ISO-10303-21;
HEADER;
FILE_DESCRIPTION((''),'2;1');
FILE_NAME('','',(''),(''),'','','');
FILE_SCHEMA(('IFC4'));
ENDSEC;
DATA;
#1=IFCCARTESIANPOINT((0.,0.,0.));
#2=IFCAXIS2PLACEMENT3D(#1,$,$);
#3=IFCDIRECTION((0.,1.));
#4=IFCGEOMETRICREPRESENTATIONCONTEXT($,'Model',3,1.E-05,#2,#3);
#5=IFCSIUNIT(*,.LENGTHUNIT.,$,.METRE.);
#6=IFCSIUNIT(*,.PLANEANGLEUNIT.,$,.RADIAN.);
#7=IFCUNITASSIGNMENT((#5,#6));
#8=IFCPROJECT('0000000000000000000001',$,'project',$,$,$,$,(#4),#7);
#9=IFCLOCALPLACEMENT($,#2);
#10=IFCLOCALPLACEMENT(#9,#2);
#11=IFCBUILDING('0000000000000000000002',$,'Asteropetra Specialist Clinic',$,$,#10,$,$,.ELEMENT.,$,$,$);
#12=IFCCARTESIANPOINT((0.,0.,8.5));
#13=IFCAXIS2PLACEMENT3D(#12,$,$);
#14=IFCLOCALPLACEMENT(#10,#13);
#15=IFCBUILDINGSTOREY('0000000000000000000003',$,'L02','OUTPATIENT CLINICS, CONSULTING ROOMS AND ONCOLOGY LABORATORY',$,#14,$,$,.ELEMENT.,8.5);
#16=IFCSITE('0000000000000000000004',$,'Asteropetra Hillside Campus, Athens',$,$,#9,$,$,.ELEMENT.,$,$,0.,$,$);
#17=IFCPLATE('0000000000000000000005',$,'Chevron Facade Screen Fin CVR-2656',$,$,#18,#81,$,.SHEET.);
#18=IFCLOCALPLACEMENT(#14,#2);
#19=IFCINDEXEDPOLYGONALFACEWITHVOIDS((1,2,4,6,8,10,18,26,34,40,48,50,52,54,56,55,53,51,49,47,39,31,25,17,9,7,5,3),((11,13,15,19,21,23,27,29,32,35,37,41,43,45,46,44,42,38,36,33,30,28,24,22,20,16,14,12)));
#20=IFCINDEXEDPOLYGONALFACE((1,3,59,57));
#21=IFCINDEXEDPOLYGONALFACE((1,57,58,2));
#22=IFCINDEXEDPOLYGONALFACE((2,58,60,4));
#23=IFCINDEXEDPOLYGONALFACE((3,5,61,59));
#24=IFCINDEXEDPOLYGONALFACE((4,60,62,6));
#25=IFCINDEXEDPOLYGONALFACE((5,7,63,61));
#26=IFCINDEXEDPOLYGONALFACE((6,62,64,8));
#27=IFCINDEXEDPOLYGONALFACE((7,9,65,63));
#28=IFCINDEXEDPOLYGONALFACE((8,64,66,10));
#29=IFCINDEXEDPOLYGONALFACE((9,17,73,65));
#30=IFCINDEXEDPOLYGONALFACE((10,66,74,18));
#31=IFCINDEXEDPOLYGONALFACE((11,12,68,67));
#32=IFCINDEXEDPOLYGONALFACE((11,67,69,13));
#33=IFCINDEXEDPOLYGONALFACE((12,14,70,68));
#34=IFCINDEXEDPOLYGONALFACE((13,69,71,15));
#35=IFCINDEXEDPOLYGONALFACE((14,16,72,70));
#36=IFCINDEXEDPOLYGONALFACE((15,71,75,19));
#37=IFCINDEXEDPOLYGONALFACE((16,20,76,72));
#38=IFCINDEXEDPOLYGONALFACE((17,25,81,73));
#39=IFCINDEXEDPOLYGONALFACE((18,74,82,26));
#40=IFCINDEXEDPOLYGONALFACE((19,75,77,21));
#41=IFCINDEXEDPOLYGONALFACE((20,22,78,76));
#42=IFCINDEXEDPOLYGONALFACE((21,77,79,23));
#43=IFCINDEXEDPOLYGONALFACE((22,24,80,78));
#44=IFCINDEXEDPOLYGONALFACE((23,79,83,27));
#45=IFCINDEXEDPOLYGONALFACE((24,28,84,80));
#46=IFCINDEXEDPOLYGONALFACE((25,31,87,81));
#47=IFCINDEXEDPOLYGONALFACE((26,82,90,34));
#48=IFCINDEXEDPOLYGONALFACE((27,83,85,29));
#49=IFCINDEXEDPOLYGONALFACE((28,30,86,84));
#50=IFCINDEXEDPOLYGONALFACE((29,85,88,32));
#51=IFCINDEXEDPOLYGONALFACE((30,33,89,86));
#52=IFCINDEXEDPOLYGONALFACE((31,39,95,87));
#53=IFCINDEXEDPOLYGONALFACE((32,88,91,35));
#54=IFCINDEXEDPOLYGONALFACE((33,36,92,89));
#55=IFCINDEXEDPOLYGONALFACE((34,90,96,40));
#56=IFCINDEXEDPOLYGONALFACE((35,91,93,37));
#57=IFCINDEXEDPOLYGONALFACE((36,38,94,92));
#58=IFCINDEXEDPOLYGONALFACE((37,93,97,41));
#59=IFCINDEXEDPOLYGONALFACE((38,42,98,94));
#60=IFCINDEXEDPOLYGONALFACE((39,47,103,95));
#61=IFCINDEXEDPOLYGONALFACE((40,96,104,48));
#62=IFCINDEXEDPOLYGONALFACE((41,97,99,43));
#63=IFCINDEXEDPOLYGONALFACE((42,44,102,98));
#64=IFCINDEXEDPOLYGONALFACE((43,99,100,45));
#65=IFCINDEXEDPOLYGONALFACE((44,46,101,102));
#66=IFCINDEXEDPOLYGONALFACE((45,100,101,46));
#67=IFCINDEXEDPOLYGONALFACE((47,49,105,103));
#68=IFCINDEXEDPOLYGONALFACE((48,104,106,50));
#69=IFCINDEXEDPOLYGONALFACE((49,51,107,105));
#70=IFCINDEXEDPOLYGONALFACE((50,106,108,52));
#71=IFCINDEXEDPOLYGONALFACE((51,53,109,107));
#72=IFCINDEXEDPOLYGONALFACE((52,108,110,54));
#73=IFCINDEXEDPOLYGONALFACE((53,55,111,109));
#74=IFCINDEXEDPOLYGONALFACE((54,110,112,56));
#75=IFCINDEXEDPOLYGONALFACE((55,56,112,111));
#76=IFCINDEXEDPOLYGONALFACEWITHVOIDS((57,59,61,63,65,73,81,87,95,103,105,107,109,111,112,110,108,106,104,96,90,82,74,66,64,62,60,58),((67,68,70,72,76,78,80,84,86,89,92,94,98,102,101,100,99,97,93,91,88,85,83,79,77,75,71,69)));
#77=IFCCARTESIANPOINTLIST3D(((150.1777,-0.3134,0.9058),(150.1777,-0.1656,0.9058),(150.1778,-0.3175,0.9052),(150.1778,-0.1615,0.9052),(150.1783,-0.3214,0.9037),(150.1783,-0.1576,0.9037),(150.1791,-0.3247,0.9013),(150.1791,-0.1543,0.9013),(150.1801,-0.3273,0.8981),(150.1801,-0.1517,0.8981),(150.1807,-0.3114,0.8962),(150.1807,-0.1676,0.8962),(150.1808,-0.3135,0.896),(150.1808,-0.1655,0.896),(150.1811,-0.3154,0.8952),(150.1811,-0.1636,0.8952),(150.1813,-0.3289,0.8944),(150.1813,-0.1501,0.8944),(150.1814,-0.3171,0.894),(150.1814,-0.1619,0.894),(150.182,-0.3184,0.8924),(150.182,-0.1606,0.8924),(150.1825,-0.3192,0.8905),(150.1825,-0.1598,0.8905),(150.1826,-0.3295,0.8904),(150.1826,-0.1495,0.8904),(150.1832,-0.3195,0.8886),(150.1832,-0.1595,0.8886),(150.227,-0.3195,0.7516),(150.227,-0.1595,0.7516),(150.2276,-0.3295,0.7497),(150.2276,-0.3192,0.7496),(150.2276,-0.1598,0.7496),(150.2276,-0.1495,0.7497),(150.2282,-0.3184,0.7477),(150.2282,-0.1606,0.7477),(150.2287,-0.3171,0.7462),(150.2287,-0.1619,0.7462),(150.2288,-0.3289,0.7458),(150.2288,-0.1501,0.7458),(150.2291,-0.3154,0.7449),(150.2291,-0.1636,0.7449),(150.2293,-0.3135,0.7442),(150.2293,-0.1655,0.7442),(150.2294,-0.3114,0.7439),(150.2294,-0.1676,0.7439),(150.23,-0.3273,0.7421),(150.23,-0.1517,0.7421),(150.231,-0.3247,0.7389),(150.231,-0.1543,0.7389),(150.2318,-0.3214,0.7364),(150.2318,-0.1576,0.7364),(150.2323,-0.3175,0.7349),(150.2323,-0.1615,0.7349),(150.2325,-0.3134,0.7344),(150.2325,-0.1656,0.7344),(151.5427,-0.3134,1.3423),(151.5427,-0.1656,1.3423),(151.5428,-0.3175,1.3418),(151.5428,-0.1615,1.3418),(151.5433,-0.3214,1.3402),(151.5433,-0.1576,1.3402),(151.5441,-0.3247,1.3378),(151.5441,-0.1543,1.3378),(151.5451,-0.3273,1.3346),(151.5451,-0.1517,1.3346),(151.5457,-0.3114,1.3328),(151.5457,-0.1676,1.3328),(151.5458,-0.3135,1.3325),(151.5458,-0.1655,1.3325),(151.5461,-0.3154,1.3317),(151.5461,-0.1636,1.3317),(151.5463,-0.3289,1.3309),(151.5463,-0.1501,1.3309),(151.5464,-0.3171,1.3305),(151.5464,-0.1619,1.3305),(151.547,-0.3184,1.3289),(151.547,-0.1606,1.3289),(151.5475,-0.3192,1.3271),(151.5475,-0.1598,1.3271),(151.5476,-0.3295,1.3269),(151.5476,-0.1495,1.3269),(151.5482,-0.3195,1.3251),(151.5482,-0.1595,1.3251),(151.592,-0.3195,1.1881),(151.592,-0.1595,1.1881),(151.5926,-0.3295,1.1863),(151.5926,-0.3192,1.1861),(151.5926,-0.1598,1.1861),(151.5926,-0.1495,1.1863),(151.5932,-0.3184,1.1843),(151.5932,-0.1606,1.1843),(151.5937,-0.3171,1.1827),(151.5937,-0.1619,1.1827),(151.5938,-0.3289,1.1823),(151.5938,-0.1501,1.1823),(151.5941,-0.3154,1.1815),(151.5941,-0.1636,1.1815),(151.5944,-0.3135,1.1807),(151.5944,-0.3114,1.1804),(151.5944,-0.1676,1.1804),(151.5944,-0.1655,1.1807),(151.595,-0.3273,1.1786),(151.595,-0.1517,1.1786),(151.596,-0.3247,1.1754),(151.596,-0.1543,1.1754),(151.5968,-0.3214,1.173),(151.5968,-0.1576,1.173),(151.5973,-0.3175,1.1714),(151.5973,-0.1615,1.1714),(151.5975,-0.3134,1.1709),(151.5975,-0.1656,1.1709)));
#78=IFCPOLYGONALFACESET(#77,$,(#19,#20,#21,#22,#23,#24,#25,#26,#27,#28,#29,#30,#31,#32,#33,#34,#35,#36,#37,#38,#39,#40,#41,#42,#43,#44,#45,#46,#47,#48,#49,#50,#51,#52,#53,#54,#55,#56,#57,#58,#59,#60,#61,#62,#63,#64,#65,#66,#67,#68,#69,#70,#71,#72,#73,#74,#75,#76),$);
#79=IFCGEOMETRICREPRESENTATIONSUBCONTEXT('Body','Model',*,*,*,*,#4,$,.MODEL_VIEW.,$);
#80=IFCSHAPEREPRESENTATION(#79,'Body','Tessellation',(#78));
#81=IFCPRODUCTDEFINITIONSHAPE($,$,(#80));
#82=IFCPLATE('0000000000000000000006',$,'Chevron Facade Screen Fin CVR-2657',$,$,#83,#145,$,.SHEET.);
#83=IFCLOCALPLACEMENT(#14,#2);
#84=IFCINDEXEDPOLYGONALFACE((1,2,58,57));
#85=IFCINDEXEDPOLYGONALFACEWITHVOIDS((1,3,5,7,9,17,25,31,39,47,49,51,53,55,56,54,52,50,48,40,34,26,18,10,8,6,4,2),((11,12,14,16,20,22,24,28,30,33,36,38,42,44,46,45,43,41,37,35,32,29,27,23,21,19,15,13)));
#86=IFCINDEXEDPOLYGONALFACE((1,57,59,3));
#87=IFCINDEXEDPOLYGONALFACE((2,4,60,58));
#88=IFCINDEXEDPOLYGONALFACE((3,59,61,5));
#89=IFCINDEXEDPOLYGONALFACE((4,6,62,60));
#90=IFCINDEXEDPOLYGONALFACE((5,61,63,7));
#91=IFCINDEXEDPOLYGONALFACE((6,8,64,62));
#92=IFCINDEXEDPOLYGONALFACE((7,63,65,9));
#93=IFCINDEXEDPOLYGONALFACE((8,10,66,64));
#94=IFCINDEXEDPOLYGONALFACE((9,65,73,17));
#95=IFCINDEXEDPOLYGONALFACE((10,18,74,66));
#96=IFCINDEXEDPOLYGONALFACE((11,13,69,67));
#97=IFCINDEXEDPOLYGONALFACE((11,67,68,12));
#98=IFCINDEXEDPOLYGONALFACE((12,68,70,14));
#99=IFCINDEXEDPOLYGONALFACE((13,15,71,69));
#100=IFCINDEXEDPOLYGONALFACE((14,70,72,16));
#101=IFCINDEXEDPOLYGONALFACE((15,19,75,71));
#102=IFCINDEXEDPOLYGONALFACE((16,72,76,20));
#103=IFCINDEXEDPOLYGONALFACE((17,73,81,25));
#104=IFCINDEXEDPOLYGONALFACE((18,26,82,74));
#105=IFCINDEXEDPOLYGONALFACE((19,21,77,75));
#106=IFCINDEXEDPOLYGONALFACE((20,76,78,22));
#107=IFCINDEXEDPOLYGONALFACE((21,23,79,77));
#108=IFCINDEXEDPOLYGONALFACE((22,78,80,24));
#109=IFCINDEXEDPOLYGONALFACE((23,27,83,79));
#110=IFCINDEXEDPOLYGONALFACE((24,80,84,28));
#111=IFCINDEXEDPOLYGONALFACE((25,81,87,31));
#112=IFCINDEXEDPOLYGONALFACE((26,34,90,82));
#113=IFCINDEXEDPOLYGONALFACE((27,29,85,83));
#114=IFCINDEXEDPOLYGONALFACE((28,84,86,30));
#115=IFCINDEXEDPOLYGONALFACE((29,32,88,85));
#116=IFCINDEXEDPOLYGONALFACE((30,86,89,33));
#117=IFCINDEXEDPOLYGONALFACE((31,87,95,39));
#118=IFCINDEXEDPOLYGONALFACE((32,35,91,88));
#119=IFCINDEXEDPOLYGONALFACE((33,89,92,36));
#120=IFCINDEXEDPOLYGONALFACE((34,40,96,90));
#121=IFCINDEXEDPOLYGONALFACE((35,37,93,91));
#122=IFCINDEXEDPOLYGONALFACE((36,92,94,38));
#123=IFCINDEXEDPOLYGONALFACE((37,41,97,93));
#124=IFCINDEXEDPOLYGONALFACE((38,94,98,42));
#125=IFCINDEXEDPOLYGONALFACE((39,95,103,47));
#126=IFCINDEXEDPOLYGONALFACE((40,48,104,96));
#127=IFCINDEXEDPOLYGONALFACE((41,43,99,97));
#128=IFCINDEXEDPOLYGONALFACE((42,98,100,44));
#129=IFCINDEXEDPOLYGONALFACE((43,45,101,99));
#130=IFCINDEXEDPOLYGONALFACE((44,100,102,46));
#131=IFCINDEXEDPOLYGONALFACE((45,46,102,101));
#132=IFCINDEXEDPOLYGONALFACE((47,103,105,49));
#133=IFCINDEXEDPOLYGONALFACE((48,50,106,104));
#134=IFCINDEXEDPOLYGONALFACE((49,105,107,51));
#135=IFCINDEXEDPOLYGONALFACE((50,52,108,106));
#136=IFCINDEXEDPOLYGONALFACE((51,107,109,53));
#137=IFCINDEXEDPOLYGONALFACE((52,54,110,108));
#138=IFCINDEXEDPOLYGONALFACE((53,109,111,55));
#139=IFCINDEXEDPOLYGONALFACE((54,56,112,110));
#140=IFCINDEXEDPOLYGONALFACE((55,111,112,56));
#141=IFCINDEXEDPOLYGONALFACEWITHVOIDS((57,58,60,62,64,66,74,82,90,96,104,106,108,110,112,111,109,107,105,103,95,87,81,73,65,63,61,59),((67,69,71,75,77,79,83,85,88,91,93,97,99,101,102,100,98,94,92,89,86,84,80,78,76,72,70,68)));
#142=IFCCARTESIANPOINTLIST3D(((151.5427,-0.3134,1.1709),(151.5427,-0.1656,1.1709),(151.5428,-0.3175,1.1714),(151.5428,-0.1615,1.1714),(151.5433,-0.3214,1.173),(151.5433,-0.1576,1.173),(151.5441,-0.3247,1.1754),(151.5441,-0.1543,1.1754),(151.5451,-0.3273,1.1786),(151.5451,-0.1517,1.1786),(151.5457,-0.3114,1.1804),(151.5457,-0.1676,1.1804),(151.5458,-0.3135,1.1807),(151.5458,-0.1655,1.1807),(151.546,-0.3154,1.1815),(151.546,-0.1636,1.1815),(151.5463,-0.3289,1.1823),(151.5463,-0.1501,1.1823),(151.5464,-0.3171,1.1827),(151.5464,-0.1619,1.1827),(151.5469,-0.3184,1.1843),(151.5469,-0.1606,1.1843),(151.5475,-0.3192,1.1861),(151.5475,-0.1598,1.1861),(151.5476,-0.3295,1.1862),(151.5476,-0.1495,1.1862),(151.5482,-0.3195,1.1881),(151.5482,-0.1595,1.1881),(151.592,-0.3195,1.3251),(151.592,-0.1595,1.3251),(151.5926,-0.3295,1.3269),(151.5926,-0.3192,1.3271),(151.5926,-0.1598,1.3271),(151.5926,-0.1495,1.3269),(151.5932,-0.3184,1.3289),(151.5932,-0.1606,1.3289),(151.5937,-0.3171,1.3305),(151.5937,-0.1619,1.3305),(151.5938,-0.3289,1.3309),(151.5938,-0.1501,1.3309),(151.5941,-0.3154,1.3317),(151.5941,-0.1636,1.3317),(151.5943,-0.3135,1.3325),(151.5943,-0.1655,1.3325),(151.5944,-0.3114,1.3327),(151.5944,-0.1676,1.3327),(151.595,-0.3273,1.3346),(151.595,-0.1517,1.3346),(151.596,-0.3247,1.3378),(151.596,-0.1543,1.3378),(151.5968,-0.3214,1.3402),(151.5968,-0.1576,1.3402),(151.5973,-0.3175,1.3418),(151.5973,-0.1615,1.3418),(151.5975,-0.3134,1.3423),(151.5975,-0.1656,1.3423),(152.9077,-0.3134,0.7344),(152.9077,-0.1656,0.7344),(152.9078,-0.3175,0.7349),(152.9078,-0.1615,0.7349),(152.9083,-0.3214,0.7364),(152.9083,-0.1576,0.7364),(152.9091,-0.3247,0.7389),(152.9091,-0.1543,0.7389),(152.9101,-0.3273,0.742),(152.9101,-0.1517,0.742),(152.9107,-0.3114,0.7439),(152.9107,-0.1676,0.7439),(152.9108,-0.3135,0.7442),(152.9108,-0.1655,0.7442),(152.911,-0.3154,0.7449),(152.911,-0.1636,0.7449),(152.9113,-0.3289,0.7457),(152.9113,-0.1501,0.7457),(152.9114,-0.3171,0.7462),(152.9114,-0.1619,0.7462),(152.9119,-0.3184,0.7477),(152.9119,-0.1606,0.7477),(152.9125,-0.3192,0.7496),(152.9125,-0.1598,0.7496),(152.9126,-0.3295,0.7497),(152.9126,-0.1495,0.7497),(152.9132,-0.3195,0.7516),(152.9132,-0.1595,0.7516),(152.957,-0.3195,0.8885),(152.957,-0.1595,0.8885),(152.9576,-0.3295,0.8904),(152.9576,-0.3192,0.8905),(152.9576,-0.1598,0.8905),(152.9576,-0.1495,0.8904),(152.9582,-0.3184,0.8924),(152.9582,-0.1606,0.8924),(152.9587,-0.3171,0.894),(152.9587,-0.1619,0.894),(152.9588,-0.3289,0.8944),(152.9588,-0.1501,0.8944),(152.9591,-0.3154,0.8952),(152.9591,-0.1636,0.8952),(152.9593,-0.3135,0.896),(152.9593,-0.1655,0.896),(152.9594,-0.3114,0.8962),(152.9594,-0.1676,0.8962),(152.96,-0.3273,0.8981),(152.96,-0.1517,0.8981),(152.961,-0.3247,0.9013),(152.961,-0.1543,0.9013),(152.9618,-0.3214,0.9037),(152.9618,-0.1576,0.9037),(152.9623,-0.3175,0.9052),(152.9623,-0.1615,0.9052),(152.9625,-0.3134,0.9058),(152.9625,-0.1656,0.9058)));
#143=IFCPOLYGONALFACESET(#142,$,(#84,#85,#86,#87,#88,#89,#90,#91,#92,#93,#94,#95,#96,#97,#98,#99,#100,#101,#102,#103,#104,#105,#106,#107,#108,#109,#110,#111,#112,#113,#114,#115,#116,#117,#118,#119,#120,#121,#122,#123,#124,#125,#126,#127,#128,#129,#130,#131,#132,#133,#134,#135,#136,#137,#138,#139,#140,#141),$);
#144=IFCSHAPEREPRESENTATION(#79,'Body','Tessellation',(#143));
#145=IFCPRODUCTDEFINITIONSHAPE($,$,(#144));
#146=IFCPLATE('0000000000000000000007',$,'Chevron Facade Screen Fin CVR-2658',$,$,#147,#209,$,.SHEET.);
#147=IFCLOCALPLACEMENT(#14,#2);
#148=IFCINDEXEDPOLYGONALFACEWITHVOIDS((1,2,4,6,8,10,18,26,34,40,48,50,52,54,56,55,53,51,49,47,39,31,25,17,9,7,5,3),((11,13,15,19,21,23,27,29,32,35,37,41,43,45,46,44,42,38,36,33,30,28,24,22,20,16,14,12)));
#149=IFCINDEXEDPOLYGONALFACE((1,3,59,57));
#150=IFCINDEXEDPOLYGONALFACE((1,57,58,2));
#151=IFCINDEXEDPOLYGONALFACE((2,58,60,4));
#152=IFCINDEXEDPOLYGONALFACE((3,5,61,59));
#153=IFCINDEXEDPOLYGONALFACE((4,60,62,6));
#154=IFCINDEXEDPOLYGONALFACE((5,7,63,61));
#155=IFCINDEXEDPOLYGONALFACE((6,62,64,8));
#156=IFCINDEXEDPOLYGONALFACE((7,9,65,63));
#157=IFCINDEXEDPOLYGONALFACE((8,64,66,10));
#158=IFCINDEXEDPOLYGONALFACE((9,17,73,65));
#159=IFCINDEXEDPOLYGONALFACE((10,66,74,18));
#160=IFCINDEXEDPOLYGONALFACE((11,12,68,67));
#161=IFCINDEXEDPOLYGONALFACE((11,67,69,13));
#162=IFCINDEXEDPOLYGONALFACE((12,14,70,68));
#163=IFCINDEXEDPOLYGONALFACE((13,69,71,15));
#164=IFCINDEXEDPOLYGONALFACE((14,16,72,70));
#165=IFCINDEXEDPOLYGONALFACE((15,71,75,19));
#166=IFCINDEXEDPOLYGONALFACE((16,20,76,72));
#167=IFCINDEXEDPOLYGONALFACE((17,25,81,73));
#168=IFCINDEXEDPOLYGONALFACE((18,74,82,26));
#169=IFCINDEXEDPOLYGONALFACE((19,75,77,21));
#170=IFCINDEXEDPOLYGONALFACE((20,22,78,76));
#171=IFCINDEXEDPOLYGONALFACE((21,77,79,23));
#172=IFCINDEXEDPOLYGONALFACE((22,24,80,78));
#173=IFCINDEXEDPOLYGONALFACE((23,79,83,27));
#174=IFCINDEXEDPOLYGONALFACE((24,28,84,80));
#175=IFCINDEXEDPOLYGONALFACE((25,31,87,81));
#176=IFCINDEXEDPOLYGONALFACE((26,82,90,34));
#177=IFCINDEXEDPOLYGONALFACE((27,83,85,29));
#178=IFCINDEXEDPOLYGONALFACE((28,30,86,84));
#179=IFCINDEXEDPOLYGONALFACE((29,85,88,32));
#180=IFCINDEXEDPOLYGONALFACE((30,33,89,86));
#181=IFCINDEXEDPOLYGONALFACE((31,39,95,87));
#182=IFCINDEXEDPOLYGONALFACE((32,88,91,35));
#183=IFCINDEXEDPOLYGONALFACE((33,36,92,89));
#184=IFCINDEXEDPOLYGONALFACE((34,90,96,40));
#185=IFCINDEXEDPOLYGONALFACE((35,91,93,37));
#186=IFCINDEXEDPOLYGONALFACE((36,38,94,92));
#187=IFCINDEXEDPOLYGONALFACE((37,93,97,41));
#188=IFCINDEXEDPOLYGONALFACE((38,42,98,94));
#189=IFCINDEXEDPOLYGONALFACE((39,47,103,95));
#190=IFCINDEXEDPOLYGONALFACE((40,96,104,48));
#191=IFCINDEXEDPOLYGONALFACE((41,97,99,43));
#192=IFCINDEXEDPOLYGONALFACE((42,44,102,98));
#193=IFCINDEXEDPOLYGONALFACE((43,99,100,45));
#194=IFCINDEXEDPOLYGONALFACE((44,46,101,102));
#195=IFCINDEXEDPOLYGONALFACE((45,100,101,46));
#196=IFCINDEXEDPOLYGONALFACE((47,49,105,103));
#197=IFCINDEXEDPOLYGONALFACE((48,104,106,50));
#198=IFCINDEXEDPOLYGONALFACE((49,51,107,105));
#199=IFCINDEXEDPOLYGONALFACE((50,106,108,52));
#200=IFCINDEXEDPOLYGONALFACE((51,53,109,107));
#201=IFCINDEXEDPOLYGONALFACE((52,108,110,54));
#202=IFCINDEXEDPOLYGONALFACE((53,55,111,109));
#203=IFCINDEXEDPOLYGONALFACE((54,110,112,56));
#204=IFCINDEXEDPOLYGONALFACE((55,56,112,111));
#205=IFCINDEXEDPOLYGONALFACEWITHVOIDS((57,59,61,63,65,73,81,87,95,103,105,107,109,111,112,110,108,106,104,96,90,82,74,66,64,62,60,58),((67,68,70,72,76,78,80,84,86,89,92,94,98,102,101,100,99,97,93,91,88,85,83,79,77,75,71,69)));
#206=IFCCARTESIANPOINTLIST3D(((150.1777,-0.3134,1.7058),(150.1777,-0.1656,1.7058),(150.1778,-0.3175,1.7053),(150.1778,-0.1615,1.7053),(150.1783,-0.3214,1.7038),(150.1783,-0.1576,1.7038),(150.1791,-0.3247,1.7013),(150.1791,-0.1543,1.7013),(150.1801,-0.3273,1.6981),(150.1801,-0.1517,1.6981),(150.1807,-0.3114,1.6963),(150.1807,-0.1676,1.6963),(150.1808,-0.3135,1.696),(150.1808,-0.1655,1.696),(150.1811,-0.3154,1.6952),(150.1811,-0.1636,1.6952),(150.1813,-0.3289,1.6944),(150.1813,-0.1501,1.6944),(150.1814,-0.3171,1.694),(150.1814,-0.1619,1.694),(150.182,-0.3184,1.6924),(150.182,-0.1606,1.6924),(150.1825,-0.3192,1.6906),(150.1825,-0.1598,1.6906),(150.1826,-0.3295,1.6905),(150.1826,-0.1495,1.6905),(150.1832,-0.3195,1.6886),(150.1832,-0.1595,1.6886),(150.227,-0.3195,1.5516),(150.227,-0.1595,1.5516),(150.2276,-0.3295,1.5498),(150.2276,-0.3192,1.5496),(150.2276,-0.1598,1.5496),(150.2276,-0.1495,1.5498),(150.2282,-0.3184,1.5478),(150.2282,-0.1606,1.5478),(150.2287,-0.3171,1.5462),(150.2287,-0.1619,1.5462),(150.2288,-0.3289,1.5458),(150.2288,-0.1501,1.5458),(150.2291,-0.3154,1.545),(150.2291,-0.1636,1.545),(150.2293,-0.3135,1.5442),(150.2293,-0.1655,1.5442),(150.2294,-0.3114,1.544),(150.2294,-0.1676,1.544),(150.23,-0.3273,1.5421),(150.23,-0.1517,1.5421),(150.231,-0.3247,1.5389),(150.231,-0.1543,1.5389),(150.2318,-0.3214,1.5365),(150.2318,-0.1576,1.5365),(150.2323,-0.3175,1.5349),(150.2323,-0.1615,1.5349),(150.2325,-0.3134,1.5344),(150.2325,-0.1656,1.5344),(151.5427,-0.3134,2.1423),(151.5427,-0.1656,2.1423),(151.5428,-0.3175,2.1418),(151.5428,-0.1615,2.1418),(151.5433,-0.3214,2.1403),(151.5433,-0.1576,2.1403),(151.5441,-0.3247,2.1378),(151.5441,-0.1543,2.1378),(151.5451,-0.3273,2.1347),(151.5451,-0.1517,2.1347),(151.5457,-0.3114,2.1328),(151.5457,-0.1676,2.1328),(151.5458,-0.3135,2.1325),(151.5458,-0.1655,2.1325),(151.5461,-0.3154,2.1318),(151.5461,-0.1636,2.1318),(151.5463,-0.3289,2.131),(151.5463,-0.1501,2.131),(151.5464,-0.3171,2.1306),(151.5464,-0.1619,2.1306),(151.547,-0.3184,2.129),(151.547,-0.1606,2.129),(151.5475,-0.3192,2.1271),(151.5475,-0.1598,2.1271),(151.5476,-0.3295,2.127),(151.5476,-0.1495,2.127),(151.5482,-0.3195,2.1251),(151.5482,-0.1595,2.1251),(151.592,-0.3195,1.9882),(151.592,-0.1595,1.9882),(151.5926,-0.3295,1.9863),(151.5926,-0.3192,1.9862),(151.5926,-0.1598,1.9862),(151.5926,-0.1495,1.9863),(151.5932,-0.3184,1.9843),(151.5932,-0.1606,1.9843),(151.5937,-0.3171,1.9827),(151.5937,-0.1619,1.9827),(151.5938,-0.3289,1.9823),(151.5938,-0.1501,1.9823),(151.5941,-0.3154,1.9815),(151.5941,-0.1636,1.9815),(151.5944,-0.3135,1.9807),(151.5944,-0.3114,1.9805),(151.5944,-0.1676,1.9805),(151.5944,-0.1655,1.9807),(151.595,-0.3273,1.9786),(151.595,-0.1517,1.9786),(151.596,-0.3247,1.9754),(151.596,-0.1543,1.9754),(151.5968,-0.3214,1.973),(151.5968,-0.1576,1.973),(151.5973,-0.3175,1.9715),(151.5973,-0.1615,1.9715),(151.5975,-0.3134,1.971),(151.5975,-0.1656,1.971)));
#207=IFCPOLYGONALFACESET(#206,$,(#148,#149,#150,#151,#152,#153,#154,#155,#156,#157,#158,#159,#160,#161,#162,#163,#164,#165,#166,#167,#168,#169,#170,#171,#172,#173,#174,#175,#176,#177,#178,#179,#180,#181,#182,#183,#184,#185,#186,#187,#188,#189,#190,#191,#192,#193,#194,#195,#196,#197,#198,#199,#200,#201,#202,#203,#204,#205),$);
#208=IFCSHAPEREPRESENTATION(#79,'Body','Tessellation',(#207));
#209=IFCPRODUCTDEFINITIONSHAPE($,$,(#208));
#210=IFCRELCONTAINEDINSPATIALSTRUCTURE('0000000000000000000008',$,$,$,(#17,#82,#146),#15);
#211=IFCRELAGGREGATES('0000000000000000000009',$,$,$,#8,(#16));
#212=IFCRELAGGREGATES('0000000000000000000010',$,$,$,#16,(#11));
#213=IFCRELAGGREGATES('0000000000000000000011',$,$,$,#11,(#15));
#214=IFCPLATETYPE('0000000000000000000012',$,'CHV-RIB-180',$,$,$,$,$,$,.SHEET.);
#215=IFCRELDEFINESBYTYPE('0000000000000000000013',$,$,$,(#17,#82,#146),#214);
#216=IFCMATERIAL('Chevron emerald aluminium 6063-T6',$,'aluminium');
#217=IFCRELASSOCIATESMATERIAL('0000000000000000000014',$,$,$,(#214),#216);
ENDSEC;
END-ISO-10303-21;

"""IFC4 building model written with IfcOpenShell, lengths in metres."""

from ifc_helpers import new_model, si_unit, direction, frame, origin, origin_2d, place, context, subcontext, project, spatial, hollow_rectangle, extrude, material, material_profile, profile_set, type_object, element, save


model = new_model("IFC4")

# Units and contexts
model_context = context("Model", 3, precision=1e-05, world=origin(), true_north=direction((0.0, 1.0)))
body_context = subcontext(model_context, "Body", "Model", "MODEL_VIEW")
ifc_project = project(units=[si_unit("LENGTHUNIT", "METRE"), si_unit("PLANEANGLEUNIT", "RADIAN")], contexts=[model_context])

# Site, building, storey
site_placement = place(None, origin())
site = spatial("IfcSite", under=ifc_project, at=site_placement, Name="Asteropetra Hillside Campus, Athens", CompositionType="ELEMENT", RefElevation=0.0)
building_placement = place(site_placement, origin())
building = spatial("IfcBuilding", under=site, at=building_placement, Name="Asteropetra Specialist Clinic", CompositionType="ELEMENT")
storey_placement = place(building_placement, frame((0.0, 0.0, 8.5)))
storey = spatial("IfcBuildingStorey", under=building, at=storey_placement, Name="L02", Description="OUTPATIENT CLINICS, CONSULTING ROOMS AND ONCOLOGY LABORATORY", CompositionType="ELEMENT", Elevation=8.5)

# Plates
ifc_material_1 = material(Name="Chevron emerald aluminium 6063-T6", Category="aluminium")
ifc_material_profile_1 = material_profile(ifc_material_1, hollow_rectangle(XDim=0.1799, YDim=0.1799, WallThickness=0.01, InnerFilletRadius=0.0081, OuterFilletRadius=0.0161, at=origin_2d()), Name="SHS 180x180x10.0")
ifc_profile_set_1 = profile_set([ifc_material_profile_1], Name="Chevron emerald aluminium 6063-T6")
plate_type = type_object("IfcPlateType", Name="CHV-RIB-180", PredefinedType="SHEET", material=ifc_profile_set_1)
for number, where, z_axis, x_axis, name in (
    (1, (150.2051, -0.2395, 0.8201), (0.95248, 0.0, 0.304603), (0.0, 1.0, 0.0), "Chevron Facade Screen Fin CVR-2656"),
    (2, (151.5701, -0.2395, 1.2566), (0.95248, 0.0, -0.304603), (0.0, 1.0, 0.0), "Chevron Facade Screen Fin CVR-2657"),
    (3, (150.2051, -0.2395, 1.6201), (0.95248, 0.0, 0.304603), (0.0, 1.0, 0.0), "Chevron Facade Screen Fin CVR-2658"),
):
    element("IfcPlate", number, at=place(storey_placement, frame(where, z_axis=z_axis, x_axis=x_axis)), inside=storey, type_object=plate_type, Name=name, PredefinedType="SHEET", context=body_context, shape_type="SweptSolid", body=[
        extrude(hollow_rectangle(XDim=0.1799, YDim=0.1799, WallThickness=0.01, InnerFilletRadius=0.0081, OuterFilletRadius=0.0161, at=origin_2d()), origin(), (0.0, 0.0, 1.0), 1.4331),
    ])

save(model, "model.ifc")
